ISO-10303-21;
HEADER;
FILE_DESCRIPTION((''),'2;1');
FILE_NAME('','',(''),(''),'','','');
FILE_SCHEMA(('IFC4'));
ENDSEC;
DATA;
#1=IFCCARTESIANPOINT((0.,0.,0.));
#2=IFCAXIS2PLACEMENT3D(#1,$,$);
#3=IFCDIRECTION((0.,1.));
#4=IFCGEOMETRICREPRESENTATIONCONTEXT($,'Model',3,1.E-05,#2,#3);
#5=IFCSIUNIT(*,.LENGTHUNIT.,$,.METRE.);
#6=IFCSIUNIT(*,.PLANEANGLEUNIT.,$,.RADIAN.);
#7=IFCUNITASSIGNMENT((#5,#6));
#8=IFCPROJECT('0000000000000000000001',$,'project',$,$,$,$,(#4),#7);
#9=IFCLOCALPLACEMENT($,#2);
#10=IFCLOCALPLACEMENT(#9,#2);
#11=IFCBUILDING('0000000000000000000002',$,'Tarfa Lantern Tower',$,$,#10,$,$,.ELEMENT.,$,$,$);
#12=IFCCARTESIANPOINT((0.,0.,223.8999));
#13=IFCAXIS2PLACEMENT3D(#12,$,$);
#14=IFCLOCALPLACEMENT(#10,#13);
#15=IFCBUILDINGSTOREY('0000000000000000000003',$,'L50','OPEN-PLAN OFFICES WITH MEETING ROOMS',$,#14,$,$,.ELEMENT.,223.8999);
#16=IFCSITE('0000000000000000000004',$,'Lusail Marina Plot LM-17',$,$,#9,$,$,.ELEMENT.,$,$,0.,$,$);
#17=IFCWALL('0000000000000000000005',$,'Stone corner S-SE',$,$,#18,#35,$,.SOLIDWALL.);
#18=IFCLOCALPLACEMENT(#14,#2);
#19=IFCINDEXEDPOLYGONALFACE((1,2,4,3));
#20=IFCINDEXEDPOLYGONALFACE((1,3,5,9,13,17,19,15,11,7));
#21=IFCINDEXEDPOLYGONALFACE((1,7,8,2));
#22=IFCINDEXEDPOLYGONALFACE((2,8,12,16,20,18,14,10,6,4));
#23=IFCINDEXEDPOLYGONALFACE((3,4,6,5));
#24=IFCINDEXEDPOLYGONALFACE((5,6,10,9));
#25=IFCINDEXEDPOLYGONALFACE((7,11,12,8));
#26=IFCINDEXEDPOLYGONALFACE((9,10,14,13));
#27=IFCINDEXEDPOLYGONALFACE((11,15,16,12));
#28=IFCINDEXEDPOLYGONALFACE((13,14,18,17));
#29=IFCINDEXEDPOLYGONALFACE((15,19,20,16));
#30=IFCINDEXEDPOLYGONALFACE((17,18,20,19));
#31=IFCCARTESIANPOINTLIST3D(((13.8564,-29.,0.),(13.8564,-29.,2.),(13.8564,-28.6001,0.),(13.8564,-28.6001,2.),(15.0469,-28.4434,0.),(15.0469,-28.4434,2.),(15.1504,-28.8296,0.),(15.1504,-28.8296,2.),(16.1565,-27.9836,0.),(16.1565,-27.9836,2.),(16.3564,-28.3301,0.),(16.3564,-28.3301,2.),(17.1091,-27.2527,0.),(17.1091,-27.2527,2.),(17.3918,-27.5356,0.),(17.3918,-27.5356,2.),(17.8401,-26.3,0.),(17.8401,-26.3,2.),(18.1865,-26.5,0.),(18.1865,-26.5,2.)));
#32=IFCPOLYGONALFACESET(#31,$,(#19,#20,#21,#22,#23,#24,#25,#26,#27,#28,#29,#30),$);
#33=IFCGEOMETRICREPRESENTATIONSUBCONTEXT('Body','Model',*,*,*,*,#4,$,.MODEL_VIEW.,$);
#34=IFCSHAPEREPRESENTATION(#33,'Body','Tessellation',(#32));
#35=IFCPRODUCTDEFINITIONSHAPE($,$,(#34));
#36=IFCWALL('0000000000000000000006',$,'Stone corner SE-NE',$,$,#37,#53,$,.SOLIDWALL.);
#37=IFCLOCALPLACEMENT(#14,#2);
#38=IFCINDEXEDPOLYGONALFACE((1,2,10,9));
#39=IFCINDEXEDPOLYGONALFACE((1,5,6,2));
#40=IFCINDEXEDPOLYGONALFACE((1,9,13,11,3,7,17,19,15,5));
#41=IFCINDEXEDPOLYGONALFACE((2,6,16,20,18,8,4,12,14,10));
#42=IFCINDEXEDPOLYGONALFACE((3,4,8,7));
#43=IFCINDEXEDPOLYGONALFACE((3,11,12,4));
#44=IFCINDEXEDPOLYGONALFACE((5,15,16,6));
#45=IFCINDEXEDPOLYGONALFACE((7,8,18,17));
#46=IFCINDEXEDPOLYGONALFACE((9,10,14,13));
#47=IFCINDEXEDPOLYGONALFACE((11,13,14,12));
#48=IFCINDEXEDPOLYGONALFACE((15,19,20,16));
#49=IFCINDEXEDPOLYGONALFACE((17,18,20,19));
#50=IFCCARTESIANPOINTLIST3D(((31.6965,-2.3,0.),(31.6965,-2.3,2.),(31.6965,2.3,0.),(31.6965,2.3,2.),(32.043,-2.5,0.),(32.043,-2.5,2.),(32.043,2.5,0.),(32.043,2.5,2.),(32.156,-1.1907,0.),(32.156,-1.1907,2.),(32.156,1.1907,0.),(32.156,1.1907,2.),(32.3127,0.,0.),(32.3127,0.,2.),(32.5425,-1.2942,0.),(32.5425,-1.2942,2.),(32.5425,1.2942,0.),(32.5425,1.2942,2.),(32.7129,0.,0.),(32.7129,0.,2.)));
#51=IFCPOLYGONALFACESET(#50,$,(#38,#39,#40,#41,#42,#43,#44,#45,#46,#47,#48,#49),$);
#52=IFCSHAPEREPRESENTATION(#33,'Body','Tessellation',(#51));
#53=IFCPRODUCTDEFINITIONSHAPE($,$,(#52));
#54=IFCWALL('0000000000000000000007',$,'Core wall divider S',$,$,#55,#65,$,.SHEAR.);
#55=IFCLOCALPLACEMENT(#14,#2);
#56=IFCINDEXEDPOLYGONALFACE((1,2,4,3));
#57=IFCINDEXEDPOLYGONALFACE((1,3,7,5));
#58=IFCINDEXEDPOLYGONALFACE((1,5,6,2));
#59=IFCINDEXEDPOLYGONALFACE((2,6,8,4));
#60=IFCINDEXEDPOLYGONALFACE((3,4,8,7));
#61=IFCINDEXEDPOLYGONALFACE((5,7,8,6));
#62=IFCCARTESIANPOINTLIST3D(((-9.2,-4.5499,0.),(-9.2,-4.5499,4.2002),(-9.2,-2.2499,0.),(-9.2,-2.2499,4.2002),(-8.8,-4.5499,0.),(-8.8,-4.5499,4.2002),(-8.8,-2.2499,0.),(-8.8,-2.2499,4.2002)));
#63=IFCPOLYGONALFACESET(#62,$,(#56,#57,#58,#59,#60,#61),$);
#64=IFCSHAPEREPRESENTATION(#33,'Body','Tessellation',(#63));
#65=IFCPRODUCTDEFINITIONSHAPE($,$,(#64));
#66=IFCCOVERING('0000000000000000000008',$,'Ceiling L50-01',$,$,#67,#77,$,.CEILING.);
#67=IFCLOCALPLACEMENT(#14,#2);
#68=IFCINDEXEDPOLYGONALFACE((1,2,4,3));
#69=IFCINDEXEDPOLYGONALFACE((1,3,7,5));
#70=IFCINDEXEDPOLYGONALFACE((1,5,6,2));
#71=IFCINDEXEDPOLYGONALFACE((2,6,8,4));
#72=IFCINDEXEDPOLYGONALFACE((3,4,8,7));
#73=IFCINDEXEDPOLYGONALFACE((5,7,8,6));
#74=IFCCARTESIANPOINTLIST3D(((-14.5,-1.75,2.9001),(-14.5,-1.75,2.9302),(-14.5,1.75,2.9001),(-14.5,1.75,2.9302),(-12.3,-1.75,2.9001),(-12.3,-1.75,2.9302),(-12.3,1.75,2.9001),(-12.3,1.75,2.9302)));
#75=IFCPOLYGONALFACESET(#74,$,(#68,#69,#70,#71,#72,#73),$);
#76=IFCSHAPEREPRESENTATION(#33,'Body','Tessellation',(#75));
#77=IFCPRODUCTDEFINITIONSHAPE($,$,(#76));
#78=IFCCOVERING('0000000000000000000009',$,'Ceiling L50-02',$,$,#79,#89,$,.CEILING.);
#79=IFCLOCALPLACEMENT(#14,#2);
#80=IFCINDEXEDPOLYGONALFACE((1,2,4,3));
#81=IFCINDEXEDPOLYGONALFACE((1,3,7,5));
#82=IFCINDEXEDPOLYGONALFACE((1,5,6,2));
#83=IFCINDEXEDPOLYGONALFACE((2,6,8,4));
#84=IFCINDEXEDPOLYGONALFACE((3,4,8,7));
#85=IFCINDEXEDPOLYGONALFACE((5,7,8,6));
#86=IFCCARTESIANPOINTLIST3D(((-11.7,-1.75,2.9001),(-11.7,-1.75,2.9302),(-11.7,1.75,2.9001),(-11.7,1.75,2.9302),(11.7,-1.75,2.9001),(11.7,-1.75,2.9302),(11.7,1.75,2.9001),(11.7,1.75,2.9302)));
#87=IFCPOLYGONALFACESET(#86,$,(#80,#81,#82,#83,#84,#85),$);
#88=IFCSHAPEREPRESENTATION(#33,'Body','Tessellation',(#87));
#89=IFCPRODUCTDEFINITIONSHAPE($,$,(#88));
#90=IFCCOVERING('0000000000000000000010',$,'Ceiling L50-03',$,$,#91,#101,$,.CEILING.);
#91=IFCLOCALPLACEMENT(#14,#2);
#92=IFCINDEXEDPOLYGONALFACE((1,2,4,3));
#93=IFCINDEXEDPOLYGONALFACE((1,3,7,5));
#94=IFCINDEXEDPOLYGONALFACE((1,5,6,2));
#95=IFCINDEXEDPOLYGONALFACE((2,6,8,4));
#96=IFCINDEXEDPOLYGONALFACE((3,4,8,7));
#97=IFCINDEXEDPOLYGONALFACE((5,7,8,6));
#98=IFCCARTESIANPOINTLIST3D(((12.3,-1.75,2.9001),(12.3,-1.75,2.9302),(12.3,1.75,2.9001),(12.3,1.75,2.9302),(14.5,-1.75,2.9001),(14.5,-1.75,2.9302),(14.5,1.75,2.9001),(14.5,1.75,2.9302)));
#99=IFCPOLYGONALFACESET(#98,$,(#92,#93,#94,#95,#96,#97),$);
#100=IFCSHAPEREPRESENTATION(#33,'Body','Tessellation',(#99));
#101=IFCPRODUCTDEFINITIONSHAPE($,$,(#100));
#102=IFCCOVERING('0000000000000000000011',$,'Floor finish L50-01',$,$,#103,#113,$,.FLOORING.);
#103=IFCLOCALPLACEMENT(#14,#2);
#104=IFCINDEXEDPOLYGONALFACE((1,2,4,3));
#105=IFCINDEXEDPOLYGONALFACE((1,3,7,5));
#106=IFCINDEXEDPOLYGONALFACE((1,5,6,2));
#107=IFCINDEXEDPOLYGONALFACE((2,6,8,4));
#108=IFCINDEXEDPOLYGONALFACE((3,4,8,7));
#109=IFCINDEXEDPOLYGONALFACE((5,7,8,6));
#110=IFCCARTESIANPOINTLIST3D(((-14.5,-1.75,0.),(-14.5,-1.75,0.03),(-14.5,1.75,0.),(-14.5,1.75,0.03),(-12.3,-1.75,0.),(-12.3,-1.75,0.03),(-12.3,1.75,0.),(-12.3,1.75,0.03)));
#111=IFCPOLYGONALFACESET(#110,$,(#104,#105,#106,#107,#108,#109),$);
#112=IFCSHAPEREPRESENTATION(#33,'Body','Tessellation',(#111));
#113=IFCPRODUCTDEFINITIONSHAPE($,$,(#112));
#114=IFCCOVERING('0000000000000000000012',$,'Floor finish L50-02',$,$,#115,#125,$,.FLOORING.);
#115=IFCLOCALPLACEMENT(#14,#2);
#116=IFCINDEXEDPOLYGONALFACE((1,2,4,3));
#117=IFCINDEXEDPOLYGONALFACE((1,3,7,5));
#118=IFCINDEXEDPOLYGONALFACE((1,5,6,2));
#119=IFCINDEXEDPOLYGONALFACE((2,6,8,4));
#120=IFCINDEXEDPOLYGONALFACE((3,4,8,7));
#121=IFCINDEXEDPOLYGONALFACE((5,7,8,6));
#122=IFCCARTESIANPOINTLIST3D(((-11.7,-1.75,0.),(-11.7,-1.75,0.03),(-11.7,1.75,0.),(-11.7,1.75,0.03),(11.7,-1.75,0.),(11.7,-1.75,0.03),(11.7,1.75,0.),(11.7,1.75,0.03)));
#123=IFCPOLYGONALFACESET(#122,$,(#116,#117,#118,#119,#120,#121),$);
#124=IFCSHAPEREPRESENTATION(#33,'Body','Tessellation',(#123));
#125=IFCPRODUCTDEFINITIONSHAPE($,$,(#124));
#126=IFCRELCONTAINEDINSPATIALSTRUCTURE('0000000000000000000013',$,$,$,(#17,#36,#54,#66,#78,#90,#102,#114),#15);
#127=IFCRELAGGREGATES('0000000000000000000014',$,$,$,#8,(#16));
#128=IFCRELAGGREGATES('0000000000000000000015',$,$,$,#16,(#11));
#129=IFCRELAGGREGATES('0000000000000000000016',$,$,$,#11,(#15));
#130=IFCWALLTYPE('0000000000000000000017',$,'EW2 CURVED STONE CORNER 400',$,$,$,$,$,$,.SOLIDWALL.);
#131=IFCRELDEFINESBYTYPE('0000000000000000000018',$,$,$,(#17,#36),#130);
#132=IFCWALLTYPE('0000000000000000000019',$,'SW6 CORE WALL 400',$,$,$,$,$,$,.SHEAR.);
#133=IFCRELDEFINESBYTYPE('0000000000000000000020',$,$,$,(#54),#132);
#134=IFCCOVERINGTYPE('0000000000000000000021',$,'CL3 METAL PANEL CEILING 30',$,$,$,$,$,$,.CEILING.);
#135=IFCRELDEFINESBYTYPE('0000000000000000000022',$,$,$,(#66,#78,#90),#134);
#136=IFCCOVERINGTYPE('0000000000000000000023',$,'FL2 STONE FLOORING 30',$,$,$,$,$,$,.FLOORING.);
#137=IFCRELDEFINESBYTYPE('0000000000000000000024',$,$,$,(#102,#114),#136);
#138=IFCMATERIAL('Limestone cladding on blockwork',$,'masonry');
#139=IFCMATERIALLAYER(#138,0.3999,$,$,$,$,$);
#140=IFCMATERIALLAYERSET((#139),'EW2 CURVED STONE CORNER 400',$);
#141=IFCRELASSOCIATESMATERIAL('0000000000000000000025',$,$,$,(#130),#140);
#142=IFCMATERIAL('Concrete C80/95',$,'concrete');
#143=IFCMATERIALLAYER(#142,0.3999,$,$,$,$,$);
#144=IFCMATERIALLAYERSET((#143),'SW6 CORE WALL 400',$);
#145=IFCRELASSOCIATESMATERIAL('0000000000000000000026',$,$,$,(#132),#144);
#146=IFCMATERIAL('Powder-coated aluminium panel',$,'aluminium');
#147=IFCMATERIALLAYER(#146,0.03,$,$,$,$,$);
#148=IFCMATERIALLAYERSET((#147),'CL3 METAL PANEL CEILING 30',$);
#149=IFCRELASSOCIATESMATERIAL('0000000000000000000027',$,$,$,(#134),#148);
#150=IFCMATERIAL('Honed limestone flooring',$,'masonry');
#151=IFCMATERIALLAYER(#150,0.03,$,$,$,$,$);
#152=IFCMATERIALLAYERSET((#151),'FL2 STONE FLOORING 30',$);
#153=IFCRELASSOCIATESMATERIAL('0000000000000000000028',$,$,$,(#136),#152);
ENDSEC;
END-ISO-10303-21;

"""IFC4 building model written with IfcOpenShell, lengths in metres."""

from ifc_helpers import new_model, si_unit, direction, frame, frame_2d, origin, place, context, subcontext, project, spatial, polyline, rectangle, outline, extrude, material, layer, layer_set, type_object, element, save


model = new_model("IFC4")

# Units and contexts
model_context = context("Model", 3, precision=1e-05, world=origin(), true_north=direction((0.0, 1.0)))
body_context = subcontext(model_context, "Body", "Model", "MODEL_VIEW")
ifc_project = project(units=[si_unit("LENGTHUNIT", "METRE"), si_unit("PLANEANGLEUNIT", "RADIAN")], contexts=[model_context])

# Site, building, storey
site_placement = place(None, origin())
site = spatial("IfcSite", under=ifc_project, at=site_placement, Name="Lusail Marina Plot LM-17", CompositionType="ELEMENT", RefElevation=0.0)
building_placement = place(site_placement, origin())
building = spatial("IfcBuilding", under=site, at=building_placement, Name="Tarfa Lantern Tower", CompositionType="ELEMENT")
storey_placement = place(building_placement, frame((0.0, 0.0, 223.8999)))
storey = spatial("IfcBuildingStorey", under=building, at=storey_placement, Name="L50", Description="OPEN-PLAN OFFICES WITH MEETING ROOMS", CompositionType="ELEMENT", Elevation=223.8999)

# Walls
ifc_material_1 = material(Name="Limestone cladding on blockwork", Category="masonry")
ifc_layer_1 = layer(ifc_material_1, 0.3999)
ifc_layer_set_1 = layer_set([ifc_layer_1], Name="EW2 CURVED STONE CORNER 400")
wall_type_1 = type_object("IfcWallType", Name="EW2 CURVED STONE CORNER 400", PredefinedType="SOLIDWALL", material=ifc_layer_set_1)
wall_1_placement = place(storey_placement, origin())
element("IfcWall", 1, at=wall_1_placement, inside=storey, type_object=wall_type_1, Name="Stone corner S-SE", PredefinedType="SOLIDWALL", context=body_context, shape_type="SweptSolid", body=[
    extrude(outline(polyline([(13.8564, -29.0), (15.1504, -28.8296), (16.3564, -28.3301), (17.3918, -27.5356), (18.1865, -26.5), (17.8401, -26.3), (17.1091, -27.2527), (16.1565, -27.9836), (15.0469, -28.4434), (13.8564, -28.6001), (13.8564, -29.0)])), origin(), (0.0, 0.0, 1.0), 2.0),
])
wall_2_placement = place(storey_placement, origin())
element("IfcWall", 2, at=wall_2_placement, inside=storey, type_object=wall_type_1, Name="Stone corner SE-NE", PredefinedType="SOLIDWALL", context=body_context, shape_type="SweptSolid", body=[
    extrude(outline(polyline([(32.043, -2.5), (32.5425, -1.2942), (32.7129, 0.0), (32.5425, 1.2942), (32.043, 2.5), (31.6965, 2.3), (32.156, 1.1907), (32.3127, 0.0), (32.156, -1.1907), (31.6965, -2.3), (32.043, -2.5)])), origin(), (0.0, 0.0, 1.0), 2.0),
])
ifc_material_2 = material(Name="Concrete C80/95", Category="concrete")
ifc_layer_2 = layer(ifc_material_2, 0.3999)
ifc_layer_set_2 = layer_set([ifc_layer_2], Name="SW6 CORE WALL 400")
wall_type_2 = type_object("IfcWallType", Name="SW6 CORE WALL 400", PredefinedType="SHEAR", material=ifc_layer_set_2)
wall_3_placement = place(storey_placement, frame((-9.0, -2.25, 0.0), z_axis=(0.0, 0.0, 1.0), x_axis=(0.0, -1.0, 0.0)))
element("IfcWall", 3, at=wall_3_placement, inside=storey, type_object=wall_type_2, Name="Core wall divider S", PredefinedType="SHEAR", context=body_context, shape_type="SweptSolid", body=[
    extrude(rectangle(XDim=2.3, YDim=0.3999, at=frame_2d((1.1499, 0.0))), origin(), (0.0, 0.0, 1.0), 4.2002),
])

# Coverings
ifc_material_3 = material(Name="Powder-coated aluminium panel", Category="aluminium")
ifc_layer_3 = layer(ifc_material_3, 0.03)
ifc_layer_set_3 = layer_set([ifc_layer_3], Name="CL3 METAL PANEL CEILING 30")
covering_type_1 = type_object("IfcCoveringType", Name="CL3 METAL PANEL CEILING 30", PredefinedType="CEILING", material=ifc_layer_set_3)
covering_1_placement = place(storey_placement, frame((0.0, 0.0, 2.9001)))
element("IfcCovering", 4, at=covering_1_placement, inside=storey, type_object=covering_type_1, Name="Ceiling L50-01", PredefinedType="CEILING", context=body_context, shape_type="SweptSolid", body=[
    extrude(outline(polyline([(-14.5, -1.75), (-12.3, -1.75), (-12.3, 1.75), (-14.5, 1.75), (-14.5, -1.75)])), origin(), (0.0, 0.0, 1.0), 0.03),
])
covering_2_placement = place(storey_placement, frame((0.0, 0.0, 2.9001)))
element("IfcCovering", 5, at=covering_2_placement, inside=storey, type_object=covering_type_1, Name="Ceiling L50-02", PredefinedType="CEILING", context=body_context, shape_type="SweptSolid", body=[
    extrude(outline(polyline([(-11.7, -1.75), (11.7, -1.75), (11.7, 1.75), (-11.7, 1.75), (-11.7, -1.75)])), origin(), (0.0, 0.0, 1.0), 0.03),
])
covering_3_placement = place(storey_placement, frame((0.0, 0.0, 2.9001)))
element("IfcCovering", 6, at=covering_3_placement, inside=storey, type_object=covering_type_1, Name="Ceiling L50-03", PredefinedType="CEILING", context=body_context, shape_type="SweptSolid", body=[
    extrude(outline(polyline([(12.3, -1.75), (14.5, -1.75), (14.5, 1.75), (12.3, 1.75), (12.3, -1.75)])), origin(), (0.0, 0.0, 1.0), 0.03),
])
ifc_material_4 = material(Name="Honed limestone flooring", Category="masonry")
ifc_layer_4 = layer(ifc_material_4, 0.03)
ifc_layer_set_4 = layer_set([ifc_layer_4], Name="FL2 STONE FLOORING 30")
covering_type_2 = type_object("IfcCoveringType", Name="FL2 STONE FLOORING 30", PredefinedType="FLOORING", material=ifc_layer_set_4)
covering_4_placement = place(storey_placement, origin())
element("IfcCovering", 7, at=covering_4_placement, inside=storey, type_object=covering_type_2, Name="Floor finish L50-01", PredefinedType="FLOORING", context=body_context, shape_type="SweptSolid", body=[
    extrude(outline(polyline([(-14.5, -1.75), (-12.3, -1.75), (-12.3, 1.75), (-14.5, 1.75), (-14.5, -1.75)])), origin(), (0.0, 0.0, 1.0), 0.03),
])
covering_5_placement = place(storey_placement, origin())
element("IfcCovering", 8, at=covering_5_placement, inside=storey, type_object=covering_type_2, Name="Floor finish L50-02", PredefinedType="FLOORING", context=body_context, shape_type="SweptSolid", body=[
    extrude(outline(polyline([(-11.7, -1.75), (11.7, -1.75), (11.7, 1.75), (-11.7, 1.75), (-11.7, -1.75)])), origin(), (0.0, 0.0, 1.0), 0.03),
])

save(model, "model.ifc")
